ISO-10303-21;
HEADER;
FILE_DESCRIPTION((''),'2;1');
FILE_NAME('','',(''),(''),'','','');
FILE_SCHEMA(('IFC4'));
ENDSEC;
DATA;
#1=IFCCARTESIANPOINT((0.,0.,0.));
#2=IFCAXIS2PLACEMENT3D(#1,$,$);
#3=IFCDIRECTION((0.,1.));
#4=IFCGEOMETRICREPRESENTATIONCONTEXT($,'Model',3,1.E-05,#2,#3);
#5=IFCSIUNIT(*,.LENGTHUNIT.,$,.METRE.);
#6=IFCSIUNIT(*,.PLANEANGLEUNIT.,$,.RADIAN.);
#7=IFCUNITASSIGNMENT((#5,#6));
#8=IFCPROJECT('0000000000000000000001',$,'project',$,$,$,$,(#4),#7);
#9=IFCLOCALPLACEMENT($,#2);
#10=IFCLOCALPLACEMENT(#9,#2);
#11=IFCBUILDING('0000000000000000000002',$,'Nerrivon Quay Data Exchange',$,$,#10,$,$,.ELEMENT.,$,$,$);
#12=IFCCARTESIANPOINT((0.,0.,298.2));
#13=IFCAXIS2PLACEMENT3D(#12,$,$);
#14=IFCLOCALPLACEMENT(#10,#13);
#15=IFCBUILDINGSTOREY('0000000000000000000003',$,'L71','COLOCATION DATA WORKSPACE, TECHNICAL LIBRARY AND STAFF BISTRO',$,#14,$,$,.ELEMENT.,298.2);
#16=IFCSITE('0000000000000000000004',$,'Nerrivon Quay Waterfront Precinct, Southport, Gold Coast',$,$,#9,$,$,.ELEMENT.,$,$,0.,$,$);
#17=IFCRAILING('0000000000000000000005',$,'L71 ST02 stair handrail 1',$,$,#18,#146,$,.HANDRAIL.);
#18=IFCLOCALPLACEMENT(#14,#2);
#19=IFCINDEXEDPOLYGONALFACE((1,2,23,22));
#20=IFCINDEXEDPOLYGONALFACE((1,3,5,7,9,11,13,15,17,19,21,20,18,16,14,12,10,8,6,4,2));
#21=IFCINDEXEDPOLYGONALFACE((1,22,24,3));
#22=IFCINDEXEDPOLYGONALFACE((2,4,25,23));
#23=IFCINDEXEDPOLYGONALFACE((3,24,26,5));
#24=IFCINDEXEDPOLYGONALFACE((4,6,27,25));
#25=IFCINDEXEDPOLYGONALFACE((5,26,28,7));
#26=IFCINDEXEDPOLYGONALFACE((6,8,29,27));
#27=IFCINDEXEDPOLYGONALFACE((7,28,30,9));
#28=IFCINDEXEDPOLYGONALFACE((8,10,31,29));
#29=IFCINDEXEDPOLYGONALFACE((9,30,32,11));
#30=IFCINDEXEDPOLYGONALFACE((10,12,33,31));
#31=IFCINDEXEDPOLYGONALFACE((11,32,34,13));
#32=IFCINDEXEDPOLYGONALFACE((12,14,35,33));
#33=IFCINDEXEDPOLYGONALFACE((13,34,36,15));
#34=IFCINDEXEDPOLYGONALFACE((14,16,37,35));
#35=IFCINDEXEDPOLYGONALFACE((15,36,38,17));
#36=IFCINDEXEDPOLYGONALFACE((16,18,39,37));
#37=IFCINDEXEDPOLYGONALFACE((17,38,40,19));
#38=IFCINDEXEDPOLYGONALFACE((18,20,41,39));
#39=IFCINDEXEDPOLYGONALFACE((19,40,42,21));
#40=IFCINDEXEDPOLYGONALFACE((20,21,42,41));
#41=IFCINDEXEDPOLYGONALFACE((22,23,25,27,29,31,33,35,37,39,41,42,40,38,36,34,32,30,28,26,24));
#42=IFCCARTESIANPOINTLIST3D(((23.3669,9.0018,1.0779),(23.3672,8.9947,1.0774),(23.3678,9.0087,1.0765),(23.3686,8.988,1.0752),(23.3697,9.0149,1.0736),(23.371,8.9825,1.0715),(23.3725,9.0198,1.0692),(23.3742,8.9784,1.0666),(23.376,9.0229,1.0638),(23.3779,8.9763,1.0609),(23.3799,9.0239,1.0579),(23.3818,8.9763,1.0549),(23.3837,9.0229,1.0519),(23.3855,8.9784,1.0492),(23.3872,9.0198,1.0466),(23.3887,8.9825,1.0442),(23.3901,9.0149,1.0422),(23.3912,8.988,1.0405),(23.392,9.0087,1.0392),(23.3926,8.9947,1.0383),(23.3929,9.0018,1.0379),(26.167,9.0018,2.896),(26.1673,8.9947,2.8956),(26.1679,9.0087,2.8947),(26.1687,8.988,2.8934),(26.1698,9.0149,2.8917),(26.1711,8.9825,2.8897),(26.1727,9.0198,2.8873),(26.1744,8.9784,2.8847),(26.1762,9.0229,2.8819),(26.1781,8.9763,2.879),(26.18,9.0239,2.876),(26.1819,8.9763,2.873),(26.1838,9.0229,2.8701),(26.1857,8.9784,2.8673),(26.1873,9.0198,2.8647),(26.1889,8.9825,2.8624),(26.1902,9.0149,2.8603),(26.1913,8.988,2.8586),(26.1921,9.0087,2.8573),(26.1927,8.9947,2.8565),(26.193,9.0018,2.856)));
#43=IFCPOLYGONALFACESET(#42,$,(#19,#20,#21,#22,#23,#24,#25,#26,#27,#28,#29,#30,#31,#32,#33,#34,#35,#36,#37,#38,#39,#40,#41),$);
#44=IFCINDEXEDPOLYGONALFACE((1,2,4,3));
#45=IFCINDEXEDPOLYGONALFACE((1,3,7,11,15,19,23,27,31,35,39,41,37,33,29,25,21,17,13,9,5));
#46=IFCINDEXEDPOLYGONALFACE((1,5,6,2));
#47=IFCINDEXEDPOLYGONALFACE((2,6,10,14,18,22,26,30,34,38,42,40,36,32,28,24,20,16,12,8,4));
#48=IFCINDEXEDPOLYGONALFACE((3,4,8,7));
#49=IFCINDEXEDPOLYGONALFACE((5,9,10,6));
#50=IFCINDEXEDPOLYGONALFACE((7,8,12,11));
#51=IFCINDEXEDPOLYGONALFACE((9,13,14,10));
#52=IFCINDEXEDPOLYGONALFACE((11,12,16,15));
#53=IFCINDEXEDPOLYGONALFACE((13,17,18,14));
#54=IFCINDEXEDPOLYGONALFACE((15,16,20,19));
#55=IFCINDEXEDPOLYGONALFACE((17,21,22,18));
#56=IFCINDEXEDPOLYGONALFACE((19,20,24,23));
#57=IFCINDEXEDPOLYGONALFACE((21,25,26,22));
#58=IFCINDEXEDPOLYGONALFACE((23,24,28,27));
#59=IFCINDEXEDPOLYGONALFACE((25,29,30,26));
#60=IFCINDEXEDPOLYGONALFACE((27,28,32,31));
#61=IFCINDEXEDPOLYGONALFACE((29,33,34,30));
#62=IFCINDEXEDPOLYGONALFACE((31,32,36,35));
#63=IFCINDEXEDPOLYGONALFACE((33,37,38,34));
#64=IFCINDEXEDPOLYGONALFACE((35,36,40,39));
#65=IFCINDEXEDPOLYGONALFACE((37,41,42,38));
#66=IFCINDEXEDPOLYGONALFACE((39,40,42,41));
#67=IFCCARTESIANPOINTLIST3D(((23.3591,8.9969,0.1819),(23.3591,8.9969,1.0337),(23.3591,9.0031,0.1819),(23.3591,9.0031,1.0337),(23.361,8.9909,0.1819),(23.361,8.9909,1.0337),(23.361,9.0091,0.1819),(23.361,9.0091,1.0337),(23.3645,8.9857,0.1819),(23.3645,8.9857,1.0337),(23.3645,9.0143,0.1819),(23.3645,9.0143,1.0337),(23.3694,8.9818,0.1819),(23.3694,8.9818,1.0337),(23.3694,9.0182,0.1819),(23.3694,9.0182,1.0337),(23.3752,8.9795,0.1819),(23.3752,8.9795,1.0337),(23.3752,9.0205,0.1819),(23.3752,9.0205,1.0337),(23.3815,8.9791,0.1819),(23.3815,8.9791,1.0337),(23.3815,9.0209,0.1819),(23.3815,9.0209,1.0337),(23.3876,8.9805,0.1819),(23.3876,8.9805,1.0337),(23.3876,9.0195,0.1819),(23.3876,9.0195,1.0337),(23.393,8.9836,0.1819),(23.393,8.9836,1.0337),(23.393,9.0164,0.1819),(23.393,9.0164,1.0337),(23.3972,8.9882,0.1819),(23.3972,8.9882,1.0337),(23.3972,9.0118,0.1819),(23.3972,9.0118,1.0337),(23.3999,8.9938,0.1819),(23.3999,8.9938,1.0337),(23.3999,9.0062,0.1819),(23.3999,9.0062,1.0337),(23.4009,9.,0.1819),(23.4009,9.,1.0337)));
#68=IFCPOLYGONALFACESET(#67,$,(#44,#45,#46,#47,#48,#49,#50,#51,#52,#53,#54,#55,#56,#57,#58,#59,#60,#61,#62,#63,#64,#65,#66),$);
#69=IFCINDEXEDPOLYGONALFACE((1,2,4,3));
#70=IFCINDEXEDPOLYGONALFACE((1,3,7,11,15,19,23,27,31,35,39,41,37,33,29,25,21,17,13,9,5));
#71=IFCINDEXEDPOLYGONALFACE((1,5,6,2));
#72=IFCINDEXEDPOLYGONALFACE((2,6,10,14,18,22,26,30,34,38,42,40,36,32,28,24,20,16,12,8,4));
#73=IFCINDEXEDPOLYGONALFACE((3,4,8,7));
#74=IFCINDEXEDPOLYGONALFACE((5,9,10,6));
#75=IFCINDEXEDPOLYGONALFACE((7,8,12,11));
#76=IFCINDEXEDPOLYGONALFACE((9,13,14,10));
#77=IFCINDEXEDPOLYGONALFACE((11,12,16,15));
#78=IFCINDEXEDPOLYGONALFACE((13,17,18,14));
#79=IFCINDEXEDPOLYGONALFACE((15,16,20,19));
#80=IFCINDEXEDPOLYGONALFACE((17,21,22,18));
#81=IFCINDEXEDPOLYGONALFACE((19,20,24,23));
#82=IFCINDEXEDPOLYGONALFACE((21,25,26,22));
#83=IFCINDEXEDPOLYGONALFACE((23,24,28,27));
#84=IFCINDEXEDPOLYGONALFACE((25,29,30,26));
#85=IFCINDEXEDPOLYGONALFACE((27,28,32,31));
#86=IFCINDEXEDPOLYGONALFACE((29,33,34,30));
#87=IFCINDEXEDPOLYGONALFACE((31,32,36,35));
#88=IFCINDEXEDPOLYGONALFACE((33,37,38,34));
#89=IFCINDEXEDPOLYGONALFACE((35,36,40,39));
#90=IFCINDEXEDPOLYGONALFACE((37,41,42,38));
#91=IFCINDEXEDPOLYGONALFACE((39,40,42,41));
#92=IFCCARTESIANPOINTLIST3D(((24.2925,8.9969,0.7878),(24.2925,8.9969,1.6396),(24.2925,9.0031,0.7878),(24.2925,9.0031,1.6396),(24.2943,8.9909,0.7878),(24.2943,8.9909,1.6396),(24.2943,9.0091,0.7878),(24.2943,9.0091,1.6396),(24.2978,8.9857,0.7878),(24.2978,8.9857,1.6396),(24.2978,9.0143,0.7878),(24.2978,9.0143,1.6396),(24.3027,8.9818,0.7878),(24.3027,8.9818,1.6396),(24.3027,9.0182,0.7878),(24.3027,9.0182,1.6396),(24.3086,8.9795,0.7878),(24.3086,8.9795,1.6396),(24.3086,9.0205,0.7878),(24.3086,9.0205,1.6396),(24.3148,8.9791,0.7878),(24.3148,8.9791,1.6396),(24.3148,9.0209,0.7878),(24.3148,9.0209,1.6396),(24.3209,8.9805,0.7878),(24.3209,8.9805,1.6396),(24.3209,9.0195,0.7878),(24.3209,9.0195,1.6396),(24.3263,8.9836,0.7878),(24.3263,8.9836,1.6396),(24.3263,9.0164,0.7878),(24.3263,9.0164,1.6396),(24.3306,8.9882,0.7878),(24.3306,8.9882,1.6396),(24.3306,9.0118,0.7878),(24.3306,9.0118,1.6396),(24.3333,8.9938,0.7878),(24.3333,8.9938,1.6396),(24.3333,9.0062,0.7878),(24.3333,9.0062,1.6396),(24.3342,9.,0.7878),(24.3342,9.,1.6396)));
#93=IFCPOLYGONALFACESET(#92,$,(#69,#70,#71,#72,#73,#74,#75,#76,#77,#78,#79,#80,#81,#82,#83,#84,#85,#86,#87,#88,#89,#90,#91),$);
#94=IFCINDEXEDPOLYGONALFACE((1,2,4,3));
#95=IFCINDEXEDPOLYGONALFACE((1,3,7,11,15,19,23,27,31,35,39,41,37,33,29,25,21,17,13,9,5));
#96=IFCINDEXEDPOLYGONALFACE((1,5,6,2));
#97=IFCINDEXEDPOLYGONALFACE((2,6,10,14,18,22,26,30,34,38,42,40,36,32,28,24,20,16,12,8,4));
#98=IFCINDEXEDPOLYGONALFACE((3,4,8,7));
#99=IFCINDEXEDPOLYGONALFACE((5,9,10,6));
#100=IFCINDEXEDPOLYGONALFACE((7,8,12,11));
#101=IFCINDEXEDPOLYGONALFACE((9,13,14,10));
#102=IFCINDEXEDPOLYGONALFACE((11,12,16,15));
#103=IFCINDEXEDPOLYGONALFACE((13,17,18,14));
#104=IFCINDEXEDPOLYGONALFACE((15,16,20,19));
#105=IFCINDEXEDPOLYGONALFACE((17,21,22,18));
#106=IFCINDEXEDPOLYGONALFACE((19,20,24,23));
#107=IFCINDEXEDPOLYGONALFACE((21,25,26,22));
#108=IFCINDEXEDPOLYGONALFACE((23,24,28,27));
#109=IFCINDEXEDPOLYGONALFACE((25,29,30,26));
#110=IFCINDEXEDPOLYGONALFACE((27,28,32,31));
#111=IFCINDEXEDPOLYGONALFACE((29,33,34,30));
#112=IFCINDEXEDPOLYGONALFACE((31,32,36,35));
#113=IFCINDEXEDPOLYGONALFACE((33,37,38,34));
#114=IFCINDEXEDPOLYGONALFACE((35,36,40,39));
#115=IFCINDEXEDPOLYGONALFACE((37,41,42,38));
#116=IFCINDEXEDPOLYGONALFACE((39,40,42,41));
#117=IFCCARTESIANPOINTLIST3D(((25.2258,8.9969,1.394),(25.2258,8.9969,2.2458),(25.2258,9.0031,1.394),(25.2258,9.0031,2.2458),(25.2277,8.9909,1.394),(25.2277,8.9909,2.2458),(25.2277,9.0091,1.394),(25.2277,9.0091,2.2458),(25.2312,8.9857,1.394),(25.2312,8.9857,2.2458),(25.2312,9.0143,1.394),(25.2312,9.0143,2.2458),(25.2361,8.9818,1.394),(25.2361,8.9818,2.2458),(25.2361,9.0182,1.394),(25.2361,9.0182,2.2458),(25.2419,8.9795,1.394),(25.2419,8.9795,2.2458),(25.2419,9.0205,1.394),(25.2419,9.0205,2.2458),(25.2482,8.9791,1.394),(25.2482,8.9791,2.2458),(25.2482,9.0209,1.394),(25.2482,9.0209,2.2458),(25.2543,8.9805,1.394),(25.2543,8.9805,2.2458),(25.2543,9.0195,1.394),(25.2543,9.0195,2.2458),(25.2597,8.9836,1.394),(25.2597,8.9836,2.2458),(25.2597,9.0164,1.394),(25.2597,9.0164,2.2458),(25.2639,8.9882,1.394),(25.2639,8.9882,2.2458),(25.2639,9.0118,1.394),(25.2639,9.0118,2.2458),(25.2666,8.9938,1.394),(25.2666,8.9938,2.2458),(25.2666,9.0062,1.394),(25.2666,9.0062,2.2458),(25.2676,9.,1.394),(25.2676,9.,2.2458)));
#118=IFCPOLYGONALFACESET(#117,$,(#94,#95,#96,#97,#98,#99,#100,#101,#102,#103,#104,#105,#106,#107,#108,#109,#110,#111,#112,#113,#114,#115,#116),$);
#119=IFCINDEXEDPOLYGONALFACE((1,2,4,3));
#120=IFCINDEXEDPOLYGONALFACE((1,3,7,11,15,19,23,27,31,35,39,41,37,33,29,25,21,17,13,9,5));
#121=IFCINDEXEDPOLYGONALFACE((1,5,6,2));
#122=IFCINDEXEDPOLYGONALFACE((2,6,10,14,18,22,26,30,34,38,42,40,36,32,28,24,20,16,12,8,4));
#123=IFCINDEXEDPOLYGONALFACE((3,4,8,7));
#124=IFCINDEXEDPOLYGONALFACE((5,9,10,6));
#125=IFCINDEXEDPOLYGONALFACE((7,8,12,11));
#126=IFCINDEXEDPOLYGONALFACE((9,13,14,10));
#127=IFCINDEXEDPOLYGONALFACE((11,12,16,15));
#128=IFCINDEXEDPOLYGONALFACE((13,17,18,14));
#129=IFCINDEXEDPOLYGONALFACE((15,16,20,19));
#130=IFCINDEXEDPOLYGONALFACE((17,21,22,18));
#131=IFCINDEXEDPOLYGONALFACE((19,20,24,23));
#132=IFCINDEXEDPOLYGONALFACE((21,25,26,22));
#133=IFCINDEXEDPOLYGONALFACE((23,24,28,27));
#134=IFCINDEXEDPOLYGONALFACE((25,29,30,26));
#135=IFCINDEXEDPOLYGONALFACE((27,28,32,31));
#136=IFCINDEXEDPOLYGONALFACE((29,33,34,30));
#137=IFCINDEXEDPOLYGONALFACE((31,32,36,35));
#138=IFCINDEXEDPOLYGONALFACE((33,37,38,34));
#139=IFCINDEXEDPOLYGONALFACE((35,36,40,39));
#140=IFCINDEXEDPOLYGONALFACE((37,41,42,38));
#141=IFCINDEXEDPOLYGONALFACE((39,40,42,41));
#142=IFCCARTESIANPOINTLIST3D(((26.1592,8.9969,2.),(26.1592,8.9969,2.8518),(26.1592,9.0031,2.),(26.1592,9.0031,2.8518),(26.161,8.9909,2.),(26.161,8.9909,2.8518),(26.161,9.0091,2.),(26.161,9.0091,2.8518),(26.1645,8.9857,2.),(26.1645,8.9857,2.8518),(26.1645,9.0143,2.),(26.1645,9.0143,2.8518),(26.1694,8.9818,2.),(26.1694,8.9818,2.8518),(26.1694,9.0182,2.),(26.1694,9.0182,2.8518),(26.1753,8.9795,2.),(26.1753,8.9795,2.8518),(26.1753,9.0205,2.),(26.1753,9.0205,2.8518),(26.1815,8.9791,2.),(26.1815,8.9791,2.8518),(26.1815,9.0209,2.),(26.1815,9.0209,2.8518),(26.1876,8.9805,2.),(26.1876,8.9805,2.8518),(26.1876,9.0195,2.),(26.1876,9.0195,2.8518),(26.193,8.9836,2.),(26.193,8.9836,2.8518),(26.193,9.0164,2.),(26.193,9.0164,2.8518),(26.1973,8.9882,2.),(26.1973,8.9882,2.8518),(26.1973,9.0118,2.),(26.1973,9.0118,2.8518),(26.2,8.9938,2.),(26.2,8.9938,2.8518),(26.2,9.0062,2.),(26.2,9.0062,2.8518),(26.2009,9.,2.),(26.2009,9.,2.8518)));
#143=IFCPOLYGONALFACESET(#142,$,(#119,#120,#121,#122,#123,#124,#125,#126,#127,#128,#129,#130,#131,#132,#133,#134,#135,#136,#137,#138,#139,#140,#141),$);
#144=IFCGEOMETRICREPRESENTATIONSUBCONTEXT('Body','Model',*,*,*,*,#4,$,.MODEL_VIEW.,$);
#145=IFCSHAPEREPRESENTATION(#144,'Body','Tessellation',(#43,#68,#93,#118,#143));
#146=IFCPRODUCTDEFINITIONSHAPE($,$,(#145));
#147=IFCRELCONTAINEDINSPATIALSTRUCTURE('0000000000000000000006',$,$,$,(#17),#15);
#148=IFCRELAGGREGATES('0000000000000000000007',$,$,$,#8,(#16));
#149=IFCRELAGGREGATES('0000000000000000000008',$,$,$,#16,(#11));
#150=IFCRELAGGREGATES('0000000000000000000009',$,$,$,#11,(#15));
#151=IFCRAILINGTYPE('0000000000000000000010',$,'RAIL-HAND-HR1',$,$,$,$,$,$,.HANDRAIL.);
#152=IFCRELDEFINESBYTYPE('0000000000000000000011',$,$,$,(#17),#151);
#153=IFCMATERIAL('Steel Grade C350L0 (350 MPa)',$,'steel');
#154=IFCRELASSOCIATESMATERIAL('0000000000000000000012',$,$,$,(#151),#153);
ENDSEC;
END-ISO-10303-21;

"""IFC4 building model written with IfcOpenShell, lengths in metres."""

from ifc_helpers import new_model, si_unit, direction, frame, origin, origin_2d, place, context, subcontext, project, spatial, circle, extrude, material, type_object, element, save


model = new_model("IFC4")

# Units and contexts
model_context = context("Model", 3, precision=1e-05, world=origin(), true_north=direction((0.0, 1.0)))
body_context = subcontext(model_context, "Body", "Model", "MODEL_VIEW")
ifc_project = project(units=[si_unit("LENGTHUNIT", "METRE"), si_unit("PLANEANGLEUNIT", "RADIAN")], contexts=[model_context])

# Site, building, storey
site_placement = place(None, origin())
site = spatial("IfcSite", under=ifc_project, at=site_placement, Name="Nerrivon Quay Waterfront Precinct, Southport, Gold Coast", CompositionType="ELEMENT", RefElevation=0.0)
building_placement = place(site_placement, origin())
building = spatial("IfcBuilding", under=site, at=building_placement, Name="Nerrivon Quay Data Exchange", CompositionType="ELEMENT")
storey_placement = place(building_placement, frame((0.0, 0.0, 298.2)))
storey = spatial("IfcBuildingStorey", under=building, at=storey_placement, Name="L71", Description="COLOCATION DATA WORKSPACE, TECHNICAL LIBRARY AND STAFF BISTRO", CompositionType="ELEMENT", Elevation=298.2)

# Railing
ifc_material_1 = material(Name="Steel Grade C350L0 (350 MPa)", Category="steel")
railing_type_1 = type_object("IfcRailingType", Name="RAIL-HAND-HR1", PredefinedType="HANDRAIL", material=ifc_material_1)
railing_1_placement = place(storey_placement, frame((23.3799, 9.0, 0.1819)))
element("IfcRailing", 1, at=railing_1_placement, inside=storey, type_object=railing_type_1, Name="L71 ST02 stair handrail 1", PredefinedType="HANDRAIL", context=body_context, shape_type="SweptSolid", body=[
    extrude(circle(Radius=0.0239, at=origin_2d()), frame((0.0, 0.0, 0.876), z_axis=(0.838706, 0.0, 0.544585), x_axis=(0.0, 1.0, 0.0)), (0.0, 0.0, 1.0), 3.3386),
    extrude(circle(Radius=0.021, at=origin_2d()), origin(), (0.0, 0.0, 1.0), 0.8518),
    extrude(circle(Radius=0.021, at=origin_2d()), frame((0.9333, 0.0, 0.606)), (0.0, 0.0, 1.0), 0.8518),
    extrude(circle(Radius=0.021, at=origin_2d()), frame((1.8667, 0.0, 1.2122)), (0.0, 0.0, 1.0), 0.8518),
    extrude(circle(Radius=0.021, at=origin_2d()), frame((2.8, 0.0, 1.8181)), (0.0, 0.0, 1.0), 0.8518),
])

save(model, "model.ifc")
